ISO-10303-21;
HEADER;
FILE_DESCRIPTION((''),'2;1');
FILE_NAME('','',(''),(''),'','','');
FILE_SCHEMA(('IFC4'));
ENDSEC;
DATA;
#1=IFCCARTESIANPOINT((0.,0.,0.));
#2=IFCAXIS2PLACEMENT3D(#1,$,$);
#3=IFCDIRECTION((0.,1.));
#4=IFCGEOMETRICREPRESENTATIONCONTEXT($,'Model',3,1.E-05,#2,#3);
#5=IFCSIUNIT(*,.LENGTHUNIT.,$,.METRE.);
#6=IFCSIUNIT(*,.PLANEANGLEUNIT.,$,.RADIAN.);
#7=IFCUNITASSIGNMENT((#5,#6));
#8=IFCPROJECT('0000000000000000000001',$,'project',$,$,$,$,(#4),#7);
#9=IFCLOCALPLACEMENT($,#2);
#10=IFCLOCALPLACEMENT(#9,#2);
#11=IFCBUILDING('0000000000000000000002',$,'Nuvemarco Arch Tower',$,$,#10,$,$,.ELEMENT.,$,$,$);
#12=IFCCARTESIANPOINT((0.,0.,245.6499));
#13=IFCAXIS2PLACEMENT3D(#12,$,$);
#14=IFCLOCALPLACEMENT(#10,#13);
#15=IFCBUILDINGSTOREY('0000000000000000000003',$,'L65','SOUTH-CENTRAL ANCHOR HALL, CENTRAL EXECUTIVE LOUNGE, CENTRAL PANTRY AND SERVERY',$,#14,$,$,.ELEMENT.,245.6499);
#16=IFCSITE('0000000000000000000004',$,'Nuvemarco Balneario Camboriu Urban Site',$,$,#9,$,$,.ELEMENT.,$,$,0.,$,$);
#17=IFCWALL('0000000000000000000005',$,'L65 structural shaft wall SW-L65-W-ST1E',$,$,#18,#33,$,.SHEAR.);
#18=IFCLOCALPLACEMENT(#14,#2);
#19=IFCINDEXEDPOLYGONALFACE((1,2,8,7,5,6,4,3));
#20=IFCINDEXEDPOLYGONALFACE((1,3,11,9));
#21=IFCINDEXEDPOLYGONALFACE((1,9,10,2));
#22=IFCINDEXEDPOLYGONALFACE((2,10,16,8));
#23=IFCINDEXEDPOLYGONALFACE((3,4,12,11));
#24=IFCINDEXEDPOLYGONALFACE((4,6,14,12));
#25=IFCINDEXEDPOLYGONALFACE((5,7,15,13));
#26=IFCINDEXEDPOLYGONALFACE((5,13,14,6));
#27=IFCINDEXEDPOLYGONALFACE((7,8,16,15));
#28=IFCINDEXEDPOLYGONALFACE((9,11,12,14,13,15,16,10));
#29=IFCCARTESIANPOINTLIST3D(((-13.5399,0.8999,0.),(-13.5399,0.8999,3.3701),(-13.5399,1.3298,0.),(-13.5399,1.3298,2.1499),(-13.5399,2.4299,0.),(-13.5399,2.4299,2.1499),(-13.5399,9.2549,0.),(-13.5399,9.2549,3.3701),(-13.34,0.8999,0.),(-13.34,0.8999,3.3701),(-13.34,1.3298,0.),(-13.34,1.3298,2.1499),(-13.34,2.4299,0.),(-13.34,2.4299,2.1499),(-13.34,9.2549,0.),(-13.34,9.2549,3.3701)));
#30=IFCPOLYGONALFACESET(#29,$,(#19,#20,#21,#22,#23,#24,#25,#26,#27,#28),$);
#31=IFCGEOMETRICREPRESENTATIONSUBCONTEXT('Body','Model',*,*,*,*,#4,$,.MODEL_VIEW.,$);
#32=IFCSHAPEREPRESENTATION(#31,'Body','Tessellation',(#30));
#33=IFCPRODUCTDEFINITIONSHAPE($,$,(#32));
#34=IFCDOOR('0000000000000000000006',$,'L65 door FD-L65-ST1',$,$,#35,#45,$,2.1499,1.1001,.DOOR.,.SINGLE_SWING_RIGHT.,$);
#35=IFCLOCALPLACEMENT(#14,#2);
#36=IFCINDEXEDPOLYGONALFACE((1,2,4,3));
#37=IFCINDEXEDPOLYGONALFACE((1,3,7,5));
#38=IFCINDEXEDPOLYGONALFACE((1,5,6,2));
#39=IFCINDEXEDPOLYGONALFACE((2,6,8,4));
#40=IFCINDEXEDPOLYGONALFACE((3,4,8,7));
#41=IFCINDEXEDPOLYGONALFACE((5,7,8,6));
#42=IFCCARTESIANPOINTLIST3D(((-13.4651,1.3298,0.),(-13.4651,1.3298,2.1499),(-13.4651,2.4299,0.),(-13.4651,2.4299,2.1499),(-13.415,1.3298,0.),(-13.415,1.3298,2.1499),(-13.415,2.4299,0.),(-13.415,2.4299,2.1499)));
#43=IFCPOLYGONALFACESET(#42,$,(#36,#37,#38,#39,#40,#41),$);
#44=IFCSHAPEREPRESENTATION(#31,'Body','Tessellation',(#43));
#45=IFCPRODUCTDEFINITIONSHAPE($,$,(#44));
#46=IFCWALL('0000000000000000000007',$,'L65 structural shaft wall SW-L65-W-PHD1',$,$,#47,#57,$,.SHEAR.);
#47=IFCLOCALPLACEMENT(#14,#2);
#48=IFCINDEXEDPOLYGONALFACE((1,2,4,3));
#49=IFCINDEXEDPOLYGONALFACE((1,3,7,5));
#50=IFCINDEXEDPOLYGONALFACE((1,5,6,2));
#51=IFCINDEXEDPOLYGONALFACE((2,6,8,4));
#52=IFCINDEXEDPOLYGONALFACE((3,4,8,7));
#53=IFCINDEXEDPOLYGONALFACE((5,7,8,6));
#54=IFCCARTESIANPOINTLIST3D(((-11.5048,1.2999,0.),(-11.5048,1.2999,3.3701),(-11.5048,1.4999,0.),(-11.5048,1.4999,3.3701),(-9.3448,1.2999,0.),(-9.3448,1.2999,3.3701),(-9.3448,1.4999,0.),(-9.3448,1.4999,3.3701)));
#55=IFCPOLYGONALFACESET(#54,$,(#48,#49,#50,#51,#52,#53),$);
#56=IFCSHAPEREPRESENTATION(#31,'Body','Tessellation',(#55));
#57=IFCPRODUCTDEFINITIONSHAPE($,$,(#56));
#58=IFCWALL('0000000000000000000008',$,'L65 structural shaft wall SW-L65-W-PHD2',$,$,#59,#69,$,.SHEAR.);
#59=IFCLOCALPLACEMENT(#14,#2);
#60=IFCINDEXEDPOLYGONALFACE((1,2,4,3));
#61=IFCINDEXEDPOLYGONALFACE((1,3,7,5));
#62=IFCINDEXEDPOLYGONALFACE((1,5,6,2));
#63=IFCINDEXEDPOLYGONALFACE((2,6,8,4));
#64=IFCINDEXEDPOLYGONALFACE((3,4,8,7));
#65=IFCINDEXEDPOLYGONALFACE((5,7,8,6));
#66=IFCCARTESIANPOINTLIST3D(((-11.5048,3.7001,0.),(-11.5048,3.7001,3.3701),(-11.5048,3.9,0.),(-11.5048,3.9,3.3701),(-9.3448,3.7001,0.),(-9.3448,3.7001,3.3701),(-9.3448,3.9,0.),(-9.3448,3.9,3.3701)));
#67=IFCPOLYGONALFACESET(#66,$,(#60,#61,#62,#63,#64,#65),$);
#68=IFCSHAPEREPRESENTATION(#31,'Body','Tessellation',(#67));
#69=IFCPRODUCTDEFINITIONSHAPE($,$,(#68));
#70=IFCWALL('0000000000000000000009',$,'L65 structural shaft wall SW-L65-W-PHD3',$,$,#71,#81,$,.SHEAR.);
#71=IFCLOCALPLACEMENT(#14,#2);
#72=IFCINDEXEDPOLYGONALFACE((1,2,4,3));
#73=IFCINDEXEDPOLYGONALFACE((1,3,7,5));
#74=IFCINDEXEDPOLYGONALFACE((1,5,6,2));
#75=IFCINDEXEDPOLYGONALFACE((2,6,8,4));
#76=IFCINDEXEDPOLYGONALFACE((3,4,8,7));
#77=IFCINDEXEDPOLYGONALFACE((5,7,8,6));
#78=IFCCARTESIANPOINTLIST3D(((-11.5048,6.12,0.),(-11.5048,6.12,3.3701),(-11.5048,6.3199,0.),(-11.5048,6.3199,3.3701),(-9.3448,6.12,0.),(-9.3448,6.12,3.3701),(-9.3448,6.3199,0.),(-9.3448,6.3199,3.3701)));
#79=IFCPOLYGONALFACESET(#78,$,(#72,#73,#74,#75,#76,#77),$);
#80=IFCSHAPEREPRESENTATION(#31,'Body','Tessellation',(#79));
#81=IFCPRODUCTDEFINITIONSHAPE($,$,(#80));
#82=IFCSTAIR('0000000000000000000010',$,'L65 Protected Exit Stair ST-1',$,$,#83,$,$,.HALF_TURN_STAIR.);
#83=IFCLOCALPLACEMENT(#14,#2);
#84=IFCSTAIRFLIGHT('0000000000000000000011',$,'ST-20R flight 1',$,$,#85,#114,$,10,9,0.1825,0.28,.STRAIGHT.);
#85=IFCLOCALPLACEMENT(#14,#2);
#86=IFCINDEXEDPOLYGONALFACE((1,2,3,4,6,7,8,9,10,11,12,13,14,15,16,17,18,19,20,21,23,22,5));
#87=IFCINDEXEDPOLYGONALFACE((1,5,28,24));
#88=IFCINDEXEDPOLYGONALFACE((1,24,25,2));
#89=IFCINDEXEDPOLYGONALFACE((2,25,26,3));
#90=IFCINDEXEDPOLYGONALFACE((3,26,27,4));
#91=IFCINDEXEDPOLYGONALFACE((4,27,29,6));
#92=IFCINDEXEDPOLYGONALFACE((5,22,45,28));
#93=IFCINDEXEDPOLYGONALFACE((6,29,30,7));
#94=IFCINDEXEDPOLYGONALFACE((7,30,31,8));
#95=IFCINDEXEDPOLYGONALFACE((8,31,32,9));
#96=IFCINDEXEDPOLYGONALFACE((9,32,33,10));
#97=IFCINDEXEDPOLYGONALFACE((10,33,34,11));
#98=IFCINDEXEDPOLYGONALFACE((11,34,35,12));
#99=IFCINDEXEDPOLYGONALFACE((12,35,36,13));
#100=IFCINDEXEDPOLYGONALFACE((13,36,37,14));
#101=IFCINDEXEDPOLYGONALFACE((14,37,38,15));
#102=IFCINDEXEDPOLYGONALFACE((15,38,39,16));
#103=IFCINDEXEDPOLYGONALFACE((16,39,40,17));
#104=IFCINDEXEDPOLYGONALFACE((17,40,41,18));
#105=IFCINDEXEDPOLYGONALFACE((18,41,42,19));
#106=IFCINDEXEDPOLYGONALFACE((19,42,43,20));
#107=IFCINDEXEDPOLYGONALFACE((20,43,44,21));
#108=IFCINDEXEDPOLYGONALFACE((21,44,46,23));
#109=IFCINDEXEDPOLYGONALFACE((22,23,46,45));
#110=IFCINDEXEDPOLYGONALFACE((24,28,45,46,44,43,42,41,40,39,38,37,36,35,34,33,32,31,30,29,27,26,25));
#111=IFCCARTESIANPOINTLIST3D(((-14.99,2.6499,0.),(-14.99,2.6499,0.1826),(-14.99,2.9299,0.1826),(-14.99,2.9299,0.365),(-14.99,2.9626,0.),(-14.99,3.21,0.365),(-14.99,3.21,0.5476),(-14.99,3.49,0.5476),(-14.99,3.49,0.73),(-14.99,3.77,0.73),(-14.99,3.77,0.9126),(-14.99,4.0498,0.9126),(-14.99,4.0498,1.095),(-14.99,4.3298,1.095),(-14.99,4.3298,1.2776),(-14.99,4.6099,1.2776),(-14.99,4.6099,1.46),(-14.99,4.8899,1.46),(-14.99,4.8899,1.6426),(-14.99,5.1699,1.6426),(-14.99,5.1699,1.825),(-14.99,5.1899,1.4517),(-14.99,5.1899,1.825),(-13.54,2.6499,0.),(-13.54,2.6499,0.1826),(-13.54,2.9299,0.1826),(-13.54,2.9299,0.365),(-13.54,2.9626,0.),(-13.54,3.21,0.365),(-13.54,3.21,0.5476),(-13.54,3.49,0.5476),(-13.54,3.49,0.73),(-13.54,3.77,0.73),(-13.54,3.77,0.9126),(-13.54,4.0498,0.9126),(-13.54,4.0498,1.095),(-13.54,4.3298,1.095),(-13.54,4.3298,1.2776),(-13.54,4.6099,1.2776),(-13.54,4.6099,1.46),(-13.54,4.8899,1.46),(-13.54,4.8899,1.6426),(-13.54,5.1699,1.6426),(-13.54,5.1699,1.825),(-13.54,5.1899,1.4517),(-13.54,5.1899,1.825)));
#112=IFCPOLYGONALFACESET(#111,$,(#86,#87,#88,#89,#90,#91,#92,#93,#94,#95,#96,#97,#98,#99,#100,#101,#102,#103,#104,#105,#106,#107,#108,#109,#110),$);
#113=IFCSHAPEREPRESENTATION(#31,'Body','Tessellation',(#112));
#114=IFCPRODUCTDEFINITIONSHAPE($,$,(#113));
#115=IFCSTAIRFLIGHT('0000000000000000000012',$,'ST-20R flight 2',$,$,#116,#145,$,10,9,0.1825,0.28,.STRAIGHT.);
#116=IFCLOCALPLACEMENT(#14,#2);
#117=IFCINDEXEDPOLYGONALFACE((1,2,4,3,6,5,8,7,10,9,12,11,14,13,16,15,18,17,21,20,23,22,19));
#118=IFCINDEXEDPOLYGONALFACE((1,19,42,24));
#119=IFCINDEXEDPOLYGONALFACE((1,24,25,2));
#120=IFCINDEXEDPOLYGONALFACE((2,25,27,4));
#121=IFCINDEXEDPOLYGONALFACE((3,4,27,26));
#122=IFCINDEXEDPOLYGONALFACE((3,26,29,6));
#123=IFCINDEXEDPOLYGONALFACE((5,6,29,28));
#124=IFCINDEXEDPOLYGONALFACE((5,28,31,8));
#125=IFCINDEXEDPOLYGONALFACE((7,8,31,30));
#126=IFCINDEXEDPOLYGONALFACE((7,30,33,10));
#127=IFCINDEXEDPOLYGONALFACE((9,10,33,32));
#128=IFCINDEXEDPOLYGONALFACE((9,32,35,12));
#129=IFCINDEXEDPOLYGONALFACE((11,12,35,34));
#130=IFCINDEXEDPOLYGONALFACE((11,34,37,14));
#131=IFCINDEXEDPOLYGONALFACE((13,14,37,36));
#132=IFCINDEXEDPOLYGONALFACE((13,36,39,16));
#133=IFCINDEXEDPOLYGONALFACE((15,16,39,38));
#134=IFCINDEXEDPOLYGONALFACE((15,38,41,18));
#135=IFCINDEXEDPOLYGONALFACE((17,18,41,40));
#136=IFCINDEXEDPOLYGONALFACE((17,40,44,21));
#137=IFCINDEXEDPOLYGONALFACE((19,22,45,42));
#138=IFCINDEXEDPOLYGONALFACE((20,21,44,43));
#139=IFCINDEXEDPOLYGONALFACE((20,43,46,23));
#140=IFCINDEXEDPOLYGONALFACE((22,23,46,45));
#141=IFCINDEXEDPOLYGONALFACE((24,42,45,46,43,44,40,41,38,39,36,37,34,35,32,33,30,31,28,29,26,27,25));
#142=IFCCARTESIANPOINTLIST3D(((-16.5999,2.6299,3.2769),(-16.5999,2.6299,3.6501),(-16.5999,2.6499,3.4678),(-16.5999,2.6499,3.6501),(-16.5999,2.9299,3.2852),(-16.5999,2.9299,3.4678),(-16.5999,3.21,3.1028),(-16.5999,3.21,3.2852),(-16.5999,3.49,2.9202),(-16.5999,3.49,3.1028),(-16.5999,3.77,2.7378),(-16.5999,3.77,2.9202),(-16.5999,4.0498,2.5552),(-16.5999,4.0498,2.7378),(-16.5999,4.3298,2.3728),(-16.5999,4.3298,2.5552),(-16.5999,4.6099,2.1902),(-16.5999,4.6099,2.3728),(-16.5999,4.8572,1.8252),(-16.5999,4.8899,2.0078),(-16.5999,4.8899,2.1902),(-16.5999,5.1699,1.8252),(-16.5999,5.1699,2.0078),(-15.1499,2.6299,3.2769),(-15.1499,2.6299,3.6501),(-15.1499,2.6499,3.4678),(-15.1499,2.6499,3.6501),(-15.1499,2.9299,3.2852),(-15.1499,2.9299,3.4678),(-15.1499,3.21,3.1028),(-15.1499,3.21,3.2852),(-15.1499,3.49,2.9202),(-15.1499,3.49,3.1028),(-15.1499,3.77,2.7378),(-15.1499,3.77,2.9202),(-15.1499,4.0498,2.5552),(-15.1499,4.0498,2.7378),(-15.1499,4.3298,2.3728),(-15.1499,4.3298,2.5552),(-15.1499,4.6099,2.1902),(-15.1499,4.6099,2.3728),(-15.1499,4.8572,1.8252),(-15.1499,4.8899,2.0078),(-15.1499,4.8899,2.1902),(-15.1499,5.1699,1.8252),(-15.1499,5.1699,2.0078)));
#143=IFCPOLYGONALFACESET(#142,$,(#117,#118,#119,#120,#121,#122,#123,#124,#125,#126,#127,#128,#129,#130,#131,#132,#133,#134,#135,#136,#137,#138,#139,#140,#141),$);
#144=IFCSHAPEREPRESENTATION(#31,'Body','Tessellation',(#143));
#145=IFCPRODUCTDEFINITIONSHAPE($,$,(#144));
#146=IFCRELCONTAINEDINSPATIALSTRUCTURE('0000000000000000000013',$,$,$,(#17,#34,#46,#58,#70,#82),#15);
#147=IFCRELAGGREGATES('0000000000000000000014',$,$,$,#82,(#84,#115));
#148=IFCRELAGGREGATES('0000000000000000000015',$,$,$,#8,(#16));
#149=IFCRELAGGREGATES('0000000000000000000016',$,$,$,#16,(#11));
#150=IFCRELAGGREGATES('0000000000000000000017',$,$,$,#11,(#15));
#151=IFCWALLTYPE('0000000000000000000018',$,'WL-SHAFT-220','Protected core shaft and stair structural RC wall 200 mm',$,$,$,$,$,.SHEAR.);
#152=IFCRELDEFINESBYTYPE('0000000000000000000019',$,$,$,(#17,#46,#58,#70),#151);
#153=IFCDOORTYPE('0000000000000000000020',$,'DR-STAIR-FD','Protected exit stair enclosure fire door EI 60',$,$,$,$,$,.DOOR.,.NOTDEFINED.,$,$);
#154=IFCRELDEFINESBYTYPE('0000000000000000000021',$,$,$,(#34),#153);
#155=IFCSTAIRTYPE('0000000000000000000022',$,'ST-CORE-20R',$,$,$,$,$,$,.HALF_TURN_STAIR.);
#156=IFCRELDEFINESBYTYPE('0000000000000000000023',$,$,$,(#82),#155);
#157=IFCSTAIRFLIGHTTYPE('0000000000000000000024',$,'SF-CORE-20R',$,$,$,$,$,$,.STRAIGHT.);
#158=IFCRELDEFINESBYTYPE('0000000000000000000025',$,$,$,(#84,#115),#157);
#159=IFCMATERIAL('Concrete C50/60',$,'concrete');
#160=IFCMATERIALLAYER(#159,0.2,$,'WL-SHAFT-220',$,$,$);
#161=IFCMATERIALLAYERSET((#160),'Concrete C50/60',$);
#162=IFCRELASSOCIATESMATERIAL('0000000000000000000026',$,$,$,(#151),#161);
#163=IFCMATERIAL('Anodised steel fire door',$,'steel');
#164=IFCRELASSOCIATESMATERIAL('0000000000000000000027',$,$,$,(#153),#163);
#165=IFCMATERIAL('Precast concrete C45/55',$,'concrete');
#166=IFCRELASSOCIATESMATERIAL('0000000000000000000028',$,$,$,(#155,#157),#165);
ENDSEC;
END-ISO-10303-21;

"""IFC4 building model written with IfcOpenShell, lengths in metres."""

from ifc_helpers import new_model, si_unit, direction, frame, frame_2d, origin, place, context, subcontext, project, spatial, polyline, rectangle, outline, extrude, source, transform, mapped, material, layer, layer_set, type_object, type_shapes, element, fill, aggregate, save


model = new_model("IFC4")

# Units and contexts
model_context = context("Model", 3, precision=1e-05, world=origin(), true_north=direction((0.0, 1.0)))
body_context = subcontext(model_context, "Body", "Model", "MODEL_VIEW")
ifc_project = project(units=[si_unit("LENGTHUNIT", "METRE"), si_unit("PLANEANGLEUNIT", "RADIAN")], contexts=[model_context])

# Site, building, storey
site_placement = place(None, origin())
site = spatial("IfcSite", under=ifc_project, at=site_placement, Name="Nuvemarco Balneario Camboriu Urban Site", CompositionType="ELEMENT", RefElevation=0.0)
building_placement = place(site_placement, origin())
building = spatial("IfcBuilding", under=site, at=building_placement, Name="Nuvemarco Arch Tower", CompositionType="ELEMENT")
storey_placement = place(building_placement, frame((0.0, 0.0, 245.6499)))
storey = spatial("IfcBuildingStorey", under=building, at=storey_placement, Name="L65", Description="SOUTH-CENTRAL ANCHOR HALL, CENTRAL EXECUTIVE LOUNGE, CENTRAL PANTRY AND SERVERY", CompositionType="ELEMENT", Elevation=245.6499)

# Shared definitions
ifc_material_1 = material(Name="Concrete C50/60", Category="concrete")

# Wall, opening, door
ifc_layer_1 = layer(ifc_material_1, 0.2, Name="WL-SHAFT-220")
ifc_layer_set_1 = layer_set([ifc_layer_1], Name="Concrete C50/60")
wall_type_1 = type_object("IfcWallType", Name="WL-SHAFT-220", Description="Protected core shaft and stair structural RC wall 200 mm", PredefinedType="SHEAR", material=ifc_layer_set_1)
wall_1_placement = place(storey_placement, frame((-13.4399, 0.8999, 0.0), z_axis=(0.0, 0.0, 1.0), x_axis=(0.0, 1.0, 0.0)))
wall_1 = element("IfcWall", 1, at=wall_1_placement, inside=storey, type_object=wall_type_1, Name="L65 structural shaft wall SW-L65-W-ST1E", PredefinedType="SHEAR", context=body_context, shape_type="SweptSolid", body=[
    extrude(rectangle(XDim=8.355, YDim=0.2, at=frame_2d((4.1775, 0.0))), origin(), (0.0, 0.0, 1.0), 3.3701),
])
opening_1_placement = place(wall_1_placement, frame((1.53, 0.0, 0.0), z_axis=(0.0, 0.0, 1.0), x_axis=(-1.0, 0.0, 0.0)))
opening_1 = element("IfcOpeningElement", 2, at=opening_1_placement, cuts=wall_1, PredefinedType="OPENING", context=body_context, shape_type="SweptSolid", body=[
    extrude(rectangle(XDim=1.1001, YDim=2.1499, at=frame_2d((0.55, 1.075))), frame((0.0, 0.1099, 0.0), z_axis=(0.0, -1.0, 0.0), x_axis=(1.0, 0.0, 0.0)), (0.0, 0.0, 1.0), 0.22),
])
ifc_material_2 = material(Name="Anodised steel fire door", Category="steel")
door_type_1 = type_object("IfcDoorType", Name="DR-STAIR-FD", Description="Protected exit stair enclosure fire door EI 60", OperationType="NOTDEFINED", PredefinedType="DOOR", material=ifc_material_2)
shared_shape_1 = source(origin(), body_context, "Body", "SweptSolid", [
    extrude(rectangle(XDim=1.1001, YDim=2.1499, at=frame_2d((0.55, 1.075))), frame((0.0, 0.0249, 0.0), z_axis=(0.0, -1.0, 0.0), x_axis=(1.0, 0.0, 0.0)), (0.0, 0.0, 1.0), 0.05),
])
type_shapes(door_type_1, [shared_shape_1])
door_1_placement = place(opening_1_placement, origin())
door_1 = element("IfcDoor", 3, at=door_1_placement, inside=storey, type_object=door_type_1, Name="L65 door FD-L65-ST1", OperationType="SINGLE_SWING_RIGHT", OverallHeight=2.1499, OverallWidth=1.1001, PredefinedType="DOOR", context=body_context, shape_type="MappedRepresentation", body=[
    mapped(shared_shape_1, transform((0.0, 0.0, 0.0), scale=1.0)),
])
fill(opening_1, door_1)

# Walls
for number, where, z_axis, x_axis, name in (
    (4, (-11.5049, 1.3999, 0.0), (0.0, 0.0, 1.0), (1.0, 0.0, 0.0), "L65 structural shaft wall SW-L65-W-PHD1"),
    (5, (-11.5049, 3.8, 0.0), (0.0, 0.0, 1.0), (1.0, 0.0, 0.0), "L65 structural shaft wall SW-L65-W-PHD2"),
    (6, (-11.5049, 6.22, 0.0), (0.0, 0.0, 1.0), (1.0, 0.0, 0.0), "L65 structural shaft wall SW-L65-W-PHD3"),
):
    element("IfcWall", number, at=place(storey_placement, frame(where, z_axis=z_axis, x_axis=x_axis)), inside=storey, type_object=wall_type_1, Name=name, PredefinedType="SHEAR", context=body_context, shape_type="SweptSolid", body=[
        extrude(rectangle(XDim=2.1599, YDim=0.2, at=frame_2d((1.0801, 0.0))), origin(), (0.0, 0.0, 1.0), 3.3701),
    ])

# Stair, stair flights
ifc_material_3 = material(Name="Precast concrete C45/55", Category="concrete")
stair_type = type_object("IfcStairType", Name="ST-CORE-20R", PredefinedType="HALF_TURN_STAIR", material=ifc_material_3)
stair_placement = place(storey_placement, origin())
stair = element("IfcStair", 7, at=stair_placement, inside=storey, type_object=stair_type, Name="L65 Protected Exit Stair ST-1", PredefinedType="HALF_TURN_STAIR")
stair_flight_type = type_object("IfcStairFlightType", Name="SF-CORE-20R", PredefinedType="STRAIGHT", material=ifc_material_3)
stair_flight_1_placement = place(storey_placement, frame((-14.2649, 2.6499, 0.0), z_axis=(0.0, 0.0, 1.0), x_axis=(0.0, 1.0, 0.0)))
stair_flight_1 = element("IfcStairFlight", 8, at=stair_flight_1_placement, type_object=stair_flight_type, Name="ST-20R flight 1", NumberOfRisers=10, NumberOfTreads=9, PredefinedType="STRAIGHT", RiserHeight=0.1825, TreadLength=0.28, context=body_context, shape_type="SweptSolid", body=[
    extrude(outline(polyline([(0.0, 0.0), (0.0, 0.1826), (0.28, 0.1826), (0.28, 0.365), (0.5601, 0.365), (0.5601, 0.5476), (0.8401, 0.5476), (0.8401, 0.73), (1.1201, 0.73), (1.1201, 0.9126), (1.3999, 0.9126), (1.3999, 1.095), (1.6799, 1.095), (1.6799, 1.2776), (1.96, 1.2776), (1.96, 1.46), (2.24, 1.46), (2.24, 1.6426), (2.52, 1.6426), (2.52, 1.825), (2.54, 1.825), (2.54, 1.4517), (0.3127, 0.0), (0.0, 0.0)])), frame((0.0, 0.7251, 0.0), z_axis=(0.0, -1.0, 0.0), x_axis=(1.0, 0.0, 0.0)), (0.0, 0.0, 1.0), 1.45),
])
stair_flight_2_placement = place(storey_placement, frame((-15.875, 5.1699, 1.8252), z_axis=(0.0, 0.0, 1.0), x_axis=(0.0, -1.0, 0.0)))
stair_flight_2 = element("IfcStairFlight", 9, at=stair_flight_2_placement, type_object=stair_flight_type, Name="ST-20R flight 2", NumberOfRisers=10, NumberOfTreads=9, PredefinedType="STRAIGHT", RiserHeight=0.1825, TreadLength=0.28, context=body_context, shape_type="SweptSolid", body=[
    extrude(outline(polyline([(0.0, 0.0), (0.0, 0.1826), (0.28, 0.1826), (0.28, 0.365), (0.5601, 0.365), (0.5601, 0.5476), (0.8401, 0.5476), (0.8401, 0.73), (1.1201, 0.73), (1.1201, 0.9126), (1.3999, 0.9126), (1.3999, 1.095), (1.6799, 1.095), (1.6799, 1.2776), (1.96, 1.2776), (1.96, 1.46), (2.24, 1.46), (2.24, 1.6426), (2.52, 1.6426), (2.52, 1.825), (2.54, 1.825), (2.54, 1.4517), (0.3127, 0.0), (0.0, 0.0)])), frame((0.0, 0.7251, 0.0), z_axis=(0.0, -1.0, 0.0), x_axis=(1.0, 0.0, 0.0)), (0.0, 0.0, 1.0), 1.45),
])
aggregate(stair, [stair_flight_1, stair_flight_2])

save(model, "model.ifc")
